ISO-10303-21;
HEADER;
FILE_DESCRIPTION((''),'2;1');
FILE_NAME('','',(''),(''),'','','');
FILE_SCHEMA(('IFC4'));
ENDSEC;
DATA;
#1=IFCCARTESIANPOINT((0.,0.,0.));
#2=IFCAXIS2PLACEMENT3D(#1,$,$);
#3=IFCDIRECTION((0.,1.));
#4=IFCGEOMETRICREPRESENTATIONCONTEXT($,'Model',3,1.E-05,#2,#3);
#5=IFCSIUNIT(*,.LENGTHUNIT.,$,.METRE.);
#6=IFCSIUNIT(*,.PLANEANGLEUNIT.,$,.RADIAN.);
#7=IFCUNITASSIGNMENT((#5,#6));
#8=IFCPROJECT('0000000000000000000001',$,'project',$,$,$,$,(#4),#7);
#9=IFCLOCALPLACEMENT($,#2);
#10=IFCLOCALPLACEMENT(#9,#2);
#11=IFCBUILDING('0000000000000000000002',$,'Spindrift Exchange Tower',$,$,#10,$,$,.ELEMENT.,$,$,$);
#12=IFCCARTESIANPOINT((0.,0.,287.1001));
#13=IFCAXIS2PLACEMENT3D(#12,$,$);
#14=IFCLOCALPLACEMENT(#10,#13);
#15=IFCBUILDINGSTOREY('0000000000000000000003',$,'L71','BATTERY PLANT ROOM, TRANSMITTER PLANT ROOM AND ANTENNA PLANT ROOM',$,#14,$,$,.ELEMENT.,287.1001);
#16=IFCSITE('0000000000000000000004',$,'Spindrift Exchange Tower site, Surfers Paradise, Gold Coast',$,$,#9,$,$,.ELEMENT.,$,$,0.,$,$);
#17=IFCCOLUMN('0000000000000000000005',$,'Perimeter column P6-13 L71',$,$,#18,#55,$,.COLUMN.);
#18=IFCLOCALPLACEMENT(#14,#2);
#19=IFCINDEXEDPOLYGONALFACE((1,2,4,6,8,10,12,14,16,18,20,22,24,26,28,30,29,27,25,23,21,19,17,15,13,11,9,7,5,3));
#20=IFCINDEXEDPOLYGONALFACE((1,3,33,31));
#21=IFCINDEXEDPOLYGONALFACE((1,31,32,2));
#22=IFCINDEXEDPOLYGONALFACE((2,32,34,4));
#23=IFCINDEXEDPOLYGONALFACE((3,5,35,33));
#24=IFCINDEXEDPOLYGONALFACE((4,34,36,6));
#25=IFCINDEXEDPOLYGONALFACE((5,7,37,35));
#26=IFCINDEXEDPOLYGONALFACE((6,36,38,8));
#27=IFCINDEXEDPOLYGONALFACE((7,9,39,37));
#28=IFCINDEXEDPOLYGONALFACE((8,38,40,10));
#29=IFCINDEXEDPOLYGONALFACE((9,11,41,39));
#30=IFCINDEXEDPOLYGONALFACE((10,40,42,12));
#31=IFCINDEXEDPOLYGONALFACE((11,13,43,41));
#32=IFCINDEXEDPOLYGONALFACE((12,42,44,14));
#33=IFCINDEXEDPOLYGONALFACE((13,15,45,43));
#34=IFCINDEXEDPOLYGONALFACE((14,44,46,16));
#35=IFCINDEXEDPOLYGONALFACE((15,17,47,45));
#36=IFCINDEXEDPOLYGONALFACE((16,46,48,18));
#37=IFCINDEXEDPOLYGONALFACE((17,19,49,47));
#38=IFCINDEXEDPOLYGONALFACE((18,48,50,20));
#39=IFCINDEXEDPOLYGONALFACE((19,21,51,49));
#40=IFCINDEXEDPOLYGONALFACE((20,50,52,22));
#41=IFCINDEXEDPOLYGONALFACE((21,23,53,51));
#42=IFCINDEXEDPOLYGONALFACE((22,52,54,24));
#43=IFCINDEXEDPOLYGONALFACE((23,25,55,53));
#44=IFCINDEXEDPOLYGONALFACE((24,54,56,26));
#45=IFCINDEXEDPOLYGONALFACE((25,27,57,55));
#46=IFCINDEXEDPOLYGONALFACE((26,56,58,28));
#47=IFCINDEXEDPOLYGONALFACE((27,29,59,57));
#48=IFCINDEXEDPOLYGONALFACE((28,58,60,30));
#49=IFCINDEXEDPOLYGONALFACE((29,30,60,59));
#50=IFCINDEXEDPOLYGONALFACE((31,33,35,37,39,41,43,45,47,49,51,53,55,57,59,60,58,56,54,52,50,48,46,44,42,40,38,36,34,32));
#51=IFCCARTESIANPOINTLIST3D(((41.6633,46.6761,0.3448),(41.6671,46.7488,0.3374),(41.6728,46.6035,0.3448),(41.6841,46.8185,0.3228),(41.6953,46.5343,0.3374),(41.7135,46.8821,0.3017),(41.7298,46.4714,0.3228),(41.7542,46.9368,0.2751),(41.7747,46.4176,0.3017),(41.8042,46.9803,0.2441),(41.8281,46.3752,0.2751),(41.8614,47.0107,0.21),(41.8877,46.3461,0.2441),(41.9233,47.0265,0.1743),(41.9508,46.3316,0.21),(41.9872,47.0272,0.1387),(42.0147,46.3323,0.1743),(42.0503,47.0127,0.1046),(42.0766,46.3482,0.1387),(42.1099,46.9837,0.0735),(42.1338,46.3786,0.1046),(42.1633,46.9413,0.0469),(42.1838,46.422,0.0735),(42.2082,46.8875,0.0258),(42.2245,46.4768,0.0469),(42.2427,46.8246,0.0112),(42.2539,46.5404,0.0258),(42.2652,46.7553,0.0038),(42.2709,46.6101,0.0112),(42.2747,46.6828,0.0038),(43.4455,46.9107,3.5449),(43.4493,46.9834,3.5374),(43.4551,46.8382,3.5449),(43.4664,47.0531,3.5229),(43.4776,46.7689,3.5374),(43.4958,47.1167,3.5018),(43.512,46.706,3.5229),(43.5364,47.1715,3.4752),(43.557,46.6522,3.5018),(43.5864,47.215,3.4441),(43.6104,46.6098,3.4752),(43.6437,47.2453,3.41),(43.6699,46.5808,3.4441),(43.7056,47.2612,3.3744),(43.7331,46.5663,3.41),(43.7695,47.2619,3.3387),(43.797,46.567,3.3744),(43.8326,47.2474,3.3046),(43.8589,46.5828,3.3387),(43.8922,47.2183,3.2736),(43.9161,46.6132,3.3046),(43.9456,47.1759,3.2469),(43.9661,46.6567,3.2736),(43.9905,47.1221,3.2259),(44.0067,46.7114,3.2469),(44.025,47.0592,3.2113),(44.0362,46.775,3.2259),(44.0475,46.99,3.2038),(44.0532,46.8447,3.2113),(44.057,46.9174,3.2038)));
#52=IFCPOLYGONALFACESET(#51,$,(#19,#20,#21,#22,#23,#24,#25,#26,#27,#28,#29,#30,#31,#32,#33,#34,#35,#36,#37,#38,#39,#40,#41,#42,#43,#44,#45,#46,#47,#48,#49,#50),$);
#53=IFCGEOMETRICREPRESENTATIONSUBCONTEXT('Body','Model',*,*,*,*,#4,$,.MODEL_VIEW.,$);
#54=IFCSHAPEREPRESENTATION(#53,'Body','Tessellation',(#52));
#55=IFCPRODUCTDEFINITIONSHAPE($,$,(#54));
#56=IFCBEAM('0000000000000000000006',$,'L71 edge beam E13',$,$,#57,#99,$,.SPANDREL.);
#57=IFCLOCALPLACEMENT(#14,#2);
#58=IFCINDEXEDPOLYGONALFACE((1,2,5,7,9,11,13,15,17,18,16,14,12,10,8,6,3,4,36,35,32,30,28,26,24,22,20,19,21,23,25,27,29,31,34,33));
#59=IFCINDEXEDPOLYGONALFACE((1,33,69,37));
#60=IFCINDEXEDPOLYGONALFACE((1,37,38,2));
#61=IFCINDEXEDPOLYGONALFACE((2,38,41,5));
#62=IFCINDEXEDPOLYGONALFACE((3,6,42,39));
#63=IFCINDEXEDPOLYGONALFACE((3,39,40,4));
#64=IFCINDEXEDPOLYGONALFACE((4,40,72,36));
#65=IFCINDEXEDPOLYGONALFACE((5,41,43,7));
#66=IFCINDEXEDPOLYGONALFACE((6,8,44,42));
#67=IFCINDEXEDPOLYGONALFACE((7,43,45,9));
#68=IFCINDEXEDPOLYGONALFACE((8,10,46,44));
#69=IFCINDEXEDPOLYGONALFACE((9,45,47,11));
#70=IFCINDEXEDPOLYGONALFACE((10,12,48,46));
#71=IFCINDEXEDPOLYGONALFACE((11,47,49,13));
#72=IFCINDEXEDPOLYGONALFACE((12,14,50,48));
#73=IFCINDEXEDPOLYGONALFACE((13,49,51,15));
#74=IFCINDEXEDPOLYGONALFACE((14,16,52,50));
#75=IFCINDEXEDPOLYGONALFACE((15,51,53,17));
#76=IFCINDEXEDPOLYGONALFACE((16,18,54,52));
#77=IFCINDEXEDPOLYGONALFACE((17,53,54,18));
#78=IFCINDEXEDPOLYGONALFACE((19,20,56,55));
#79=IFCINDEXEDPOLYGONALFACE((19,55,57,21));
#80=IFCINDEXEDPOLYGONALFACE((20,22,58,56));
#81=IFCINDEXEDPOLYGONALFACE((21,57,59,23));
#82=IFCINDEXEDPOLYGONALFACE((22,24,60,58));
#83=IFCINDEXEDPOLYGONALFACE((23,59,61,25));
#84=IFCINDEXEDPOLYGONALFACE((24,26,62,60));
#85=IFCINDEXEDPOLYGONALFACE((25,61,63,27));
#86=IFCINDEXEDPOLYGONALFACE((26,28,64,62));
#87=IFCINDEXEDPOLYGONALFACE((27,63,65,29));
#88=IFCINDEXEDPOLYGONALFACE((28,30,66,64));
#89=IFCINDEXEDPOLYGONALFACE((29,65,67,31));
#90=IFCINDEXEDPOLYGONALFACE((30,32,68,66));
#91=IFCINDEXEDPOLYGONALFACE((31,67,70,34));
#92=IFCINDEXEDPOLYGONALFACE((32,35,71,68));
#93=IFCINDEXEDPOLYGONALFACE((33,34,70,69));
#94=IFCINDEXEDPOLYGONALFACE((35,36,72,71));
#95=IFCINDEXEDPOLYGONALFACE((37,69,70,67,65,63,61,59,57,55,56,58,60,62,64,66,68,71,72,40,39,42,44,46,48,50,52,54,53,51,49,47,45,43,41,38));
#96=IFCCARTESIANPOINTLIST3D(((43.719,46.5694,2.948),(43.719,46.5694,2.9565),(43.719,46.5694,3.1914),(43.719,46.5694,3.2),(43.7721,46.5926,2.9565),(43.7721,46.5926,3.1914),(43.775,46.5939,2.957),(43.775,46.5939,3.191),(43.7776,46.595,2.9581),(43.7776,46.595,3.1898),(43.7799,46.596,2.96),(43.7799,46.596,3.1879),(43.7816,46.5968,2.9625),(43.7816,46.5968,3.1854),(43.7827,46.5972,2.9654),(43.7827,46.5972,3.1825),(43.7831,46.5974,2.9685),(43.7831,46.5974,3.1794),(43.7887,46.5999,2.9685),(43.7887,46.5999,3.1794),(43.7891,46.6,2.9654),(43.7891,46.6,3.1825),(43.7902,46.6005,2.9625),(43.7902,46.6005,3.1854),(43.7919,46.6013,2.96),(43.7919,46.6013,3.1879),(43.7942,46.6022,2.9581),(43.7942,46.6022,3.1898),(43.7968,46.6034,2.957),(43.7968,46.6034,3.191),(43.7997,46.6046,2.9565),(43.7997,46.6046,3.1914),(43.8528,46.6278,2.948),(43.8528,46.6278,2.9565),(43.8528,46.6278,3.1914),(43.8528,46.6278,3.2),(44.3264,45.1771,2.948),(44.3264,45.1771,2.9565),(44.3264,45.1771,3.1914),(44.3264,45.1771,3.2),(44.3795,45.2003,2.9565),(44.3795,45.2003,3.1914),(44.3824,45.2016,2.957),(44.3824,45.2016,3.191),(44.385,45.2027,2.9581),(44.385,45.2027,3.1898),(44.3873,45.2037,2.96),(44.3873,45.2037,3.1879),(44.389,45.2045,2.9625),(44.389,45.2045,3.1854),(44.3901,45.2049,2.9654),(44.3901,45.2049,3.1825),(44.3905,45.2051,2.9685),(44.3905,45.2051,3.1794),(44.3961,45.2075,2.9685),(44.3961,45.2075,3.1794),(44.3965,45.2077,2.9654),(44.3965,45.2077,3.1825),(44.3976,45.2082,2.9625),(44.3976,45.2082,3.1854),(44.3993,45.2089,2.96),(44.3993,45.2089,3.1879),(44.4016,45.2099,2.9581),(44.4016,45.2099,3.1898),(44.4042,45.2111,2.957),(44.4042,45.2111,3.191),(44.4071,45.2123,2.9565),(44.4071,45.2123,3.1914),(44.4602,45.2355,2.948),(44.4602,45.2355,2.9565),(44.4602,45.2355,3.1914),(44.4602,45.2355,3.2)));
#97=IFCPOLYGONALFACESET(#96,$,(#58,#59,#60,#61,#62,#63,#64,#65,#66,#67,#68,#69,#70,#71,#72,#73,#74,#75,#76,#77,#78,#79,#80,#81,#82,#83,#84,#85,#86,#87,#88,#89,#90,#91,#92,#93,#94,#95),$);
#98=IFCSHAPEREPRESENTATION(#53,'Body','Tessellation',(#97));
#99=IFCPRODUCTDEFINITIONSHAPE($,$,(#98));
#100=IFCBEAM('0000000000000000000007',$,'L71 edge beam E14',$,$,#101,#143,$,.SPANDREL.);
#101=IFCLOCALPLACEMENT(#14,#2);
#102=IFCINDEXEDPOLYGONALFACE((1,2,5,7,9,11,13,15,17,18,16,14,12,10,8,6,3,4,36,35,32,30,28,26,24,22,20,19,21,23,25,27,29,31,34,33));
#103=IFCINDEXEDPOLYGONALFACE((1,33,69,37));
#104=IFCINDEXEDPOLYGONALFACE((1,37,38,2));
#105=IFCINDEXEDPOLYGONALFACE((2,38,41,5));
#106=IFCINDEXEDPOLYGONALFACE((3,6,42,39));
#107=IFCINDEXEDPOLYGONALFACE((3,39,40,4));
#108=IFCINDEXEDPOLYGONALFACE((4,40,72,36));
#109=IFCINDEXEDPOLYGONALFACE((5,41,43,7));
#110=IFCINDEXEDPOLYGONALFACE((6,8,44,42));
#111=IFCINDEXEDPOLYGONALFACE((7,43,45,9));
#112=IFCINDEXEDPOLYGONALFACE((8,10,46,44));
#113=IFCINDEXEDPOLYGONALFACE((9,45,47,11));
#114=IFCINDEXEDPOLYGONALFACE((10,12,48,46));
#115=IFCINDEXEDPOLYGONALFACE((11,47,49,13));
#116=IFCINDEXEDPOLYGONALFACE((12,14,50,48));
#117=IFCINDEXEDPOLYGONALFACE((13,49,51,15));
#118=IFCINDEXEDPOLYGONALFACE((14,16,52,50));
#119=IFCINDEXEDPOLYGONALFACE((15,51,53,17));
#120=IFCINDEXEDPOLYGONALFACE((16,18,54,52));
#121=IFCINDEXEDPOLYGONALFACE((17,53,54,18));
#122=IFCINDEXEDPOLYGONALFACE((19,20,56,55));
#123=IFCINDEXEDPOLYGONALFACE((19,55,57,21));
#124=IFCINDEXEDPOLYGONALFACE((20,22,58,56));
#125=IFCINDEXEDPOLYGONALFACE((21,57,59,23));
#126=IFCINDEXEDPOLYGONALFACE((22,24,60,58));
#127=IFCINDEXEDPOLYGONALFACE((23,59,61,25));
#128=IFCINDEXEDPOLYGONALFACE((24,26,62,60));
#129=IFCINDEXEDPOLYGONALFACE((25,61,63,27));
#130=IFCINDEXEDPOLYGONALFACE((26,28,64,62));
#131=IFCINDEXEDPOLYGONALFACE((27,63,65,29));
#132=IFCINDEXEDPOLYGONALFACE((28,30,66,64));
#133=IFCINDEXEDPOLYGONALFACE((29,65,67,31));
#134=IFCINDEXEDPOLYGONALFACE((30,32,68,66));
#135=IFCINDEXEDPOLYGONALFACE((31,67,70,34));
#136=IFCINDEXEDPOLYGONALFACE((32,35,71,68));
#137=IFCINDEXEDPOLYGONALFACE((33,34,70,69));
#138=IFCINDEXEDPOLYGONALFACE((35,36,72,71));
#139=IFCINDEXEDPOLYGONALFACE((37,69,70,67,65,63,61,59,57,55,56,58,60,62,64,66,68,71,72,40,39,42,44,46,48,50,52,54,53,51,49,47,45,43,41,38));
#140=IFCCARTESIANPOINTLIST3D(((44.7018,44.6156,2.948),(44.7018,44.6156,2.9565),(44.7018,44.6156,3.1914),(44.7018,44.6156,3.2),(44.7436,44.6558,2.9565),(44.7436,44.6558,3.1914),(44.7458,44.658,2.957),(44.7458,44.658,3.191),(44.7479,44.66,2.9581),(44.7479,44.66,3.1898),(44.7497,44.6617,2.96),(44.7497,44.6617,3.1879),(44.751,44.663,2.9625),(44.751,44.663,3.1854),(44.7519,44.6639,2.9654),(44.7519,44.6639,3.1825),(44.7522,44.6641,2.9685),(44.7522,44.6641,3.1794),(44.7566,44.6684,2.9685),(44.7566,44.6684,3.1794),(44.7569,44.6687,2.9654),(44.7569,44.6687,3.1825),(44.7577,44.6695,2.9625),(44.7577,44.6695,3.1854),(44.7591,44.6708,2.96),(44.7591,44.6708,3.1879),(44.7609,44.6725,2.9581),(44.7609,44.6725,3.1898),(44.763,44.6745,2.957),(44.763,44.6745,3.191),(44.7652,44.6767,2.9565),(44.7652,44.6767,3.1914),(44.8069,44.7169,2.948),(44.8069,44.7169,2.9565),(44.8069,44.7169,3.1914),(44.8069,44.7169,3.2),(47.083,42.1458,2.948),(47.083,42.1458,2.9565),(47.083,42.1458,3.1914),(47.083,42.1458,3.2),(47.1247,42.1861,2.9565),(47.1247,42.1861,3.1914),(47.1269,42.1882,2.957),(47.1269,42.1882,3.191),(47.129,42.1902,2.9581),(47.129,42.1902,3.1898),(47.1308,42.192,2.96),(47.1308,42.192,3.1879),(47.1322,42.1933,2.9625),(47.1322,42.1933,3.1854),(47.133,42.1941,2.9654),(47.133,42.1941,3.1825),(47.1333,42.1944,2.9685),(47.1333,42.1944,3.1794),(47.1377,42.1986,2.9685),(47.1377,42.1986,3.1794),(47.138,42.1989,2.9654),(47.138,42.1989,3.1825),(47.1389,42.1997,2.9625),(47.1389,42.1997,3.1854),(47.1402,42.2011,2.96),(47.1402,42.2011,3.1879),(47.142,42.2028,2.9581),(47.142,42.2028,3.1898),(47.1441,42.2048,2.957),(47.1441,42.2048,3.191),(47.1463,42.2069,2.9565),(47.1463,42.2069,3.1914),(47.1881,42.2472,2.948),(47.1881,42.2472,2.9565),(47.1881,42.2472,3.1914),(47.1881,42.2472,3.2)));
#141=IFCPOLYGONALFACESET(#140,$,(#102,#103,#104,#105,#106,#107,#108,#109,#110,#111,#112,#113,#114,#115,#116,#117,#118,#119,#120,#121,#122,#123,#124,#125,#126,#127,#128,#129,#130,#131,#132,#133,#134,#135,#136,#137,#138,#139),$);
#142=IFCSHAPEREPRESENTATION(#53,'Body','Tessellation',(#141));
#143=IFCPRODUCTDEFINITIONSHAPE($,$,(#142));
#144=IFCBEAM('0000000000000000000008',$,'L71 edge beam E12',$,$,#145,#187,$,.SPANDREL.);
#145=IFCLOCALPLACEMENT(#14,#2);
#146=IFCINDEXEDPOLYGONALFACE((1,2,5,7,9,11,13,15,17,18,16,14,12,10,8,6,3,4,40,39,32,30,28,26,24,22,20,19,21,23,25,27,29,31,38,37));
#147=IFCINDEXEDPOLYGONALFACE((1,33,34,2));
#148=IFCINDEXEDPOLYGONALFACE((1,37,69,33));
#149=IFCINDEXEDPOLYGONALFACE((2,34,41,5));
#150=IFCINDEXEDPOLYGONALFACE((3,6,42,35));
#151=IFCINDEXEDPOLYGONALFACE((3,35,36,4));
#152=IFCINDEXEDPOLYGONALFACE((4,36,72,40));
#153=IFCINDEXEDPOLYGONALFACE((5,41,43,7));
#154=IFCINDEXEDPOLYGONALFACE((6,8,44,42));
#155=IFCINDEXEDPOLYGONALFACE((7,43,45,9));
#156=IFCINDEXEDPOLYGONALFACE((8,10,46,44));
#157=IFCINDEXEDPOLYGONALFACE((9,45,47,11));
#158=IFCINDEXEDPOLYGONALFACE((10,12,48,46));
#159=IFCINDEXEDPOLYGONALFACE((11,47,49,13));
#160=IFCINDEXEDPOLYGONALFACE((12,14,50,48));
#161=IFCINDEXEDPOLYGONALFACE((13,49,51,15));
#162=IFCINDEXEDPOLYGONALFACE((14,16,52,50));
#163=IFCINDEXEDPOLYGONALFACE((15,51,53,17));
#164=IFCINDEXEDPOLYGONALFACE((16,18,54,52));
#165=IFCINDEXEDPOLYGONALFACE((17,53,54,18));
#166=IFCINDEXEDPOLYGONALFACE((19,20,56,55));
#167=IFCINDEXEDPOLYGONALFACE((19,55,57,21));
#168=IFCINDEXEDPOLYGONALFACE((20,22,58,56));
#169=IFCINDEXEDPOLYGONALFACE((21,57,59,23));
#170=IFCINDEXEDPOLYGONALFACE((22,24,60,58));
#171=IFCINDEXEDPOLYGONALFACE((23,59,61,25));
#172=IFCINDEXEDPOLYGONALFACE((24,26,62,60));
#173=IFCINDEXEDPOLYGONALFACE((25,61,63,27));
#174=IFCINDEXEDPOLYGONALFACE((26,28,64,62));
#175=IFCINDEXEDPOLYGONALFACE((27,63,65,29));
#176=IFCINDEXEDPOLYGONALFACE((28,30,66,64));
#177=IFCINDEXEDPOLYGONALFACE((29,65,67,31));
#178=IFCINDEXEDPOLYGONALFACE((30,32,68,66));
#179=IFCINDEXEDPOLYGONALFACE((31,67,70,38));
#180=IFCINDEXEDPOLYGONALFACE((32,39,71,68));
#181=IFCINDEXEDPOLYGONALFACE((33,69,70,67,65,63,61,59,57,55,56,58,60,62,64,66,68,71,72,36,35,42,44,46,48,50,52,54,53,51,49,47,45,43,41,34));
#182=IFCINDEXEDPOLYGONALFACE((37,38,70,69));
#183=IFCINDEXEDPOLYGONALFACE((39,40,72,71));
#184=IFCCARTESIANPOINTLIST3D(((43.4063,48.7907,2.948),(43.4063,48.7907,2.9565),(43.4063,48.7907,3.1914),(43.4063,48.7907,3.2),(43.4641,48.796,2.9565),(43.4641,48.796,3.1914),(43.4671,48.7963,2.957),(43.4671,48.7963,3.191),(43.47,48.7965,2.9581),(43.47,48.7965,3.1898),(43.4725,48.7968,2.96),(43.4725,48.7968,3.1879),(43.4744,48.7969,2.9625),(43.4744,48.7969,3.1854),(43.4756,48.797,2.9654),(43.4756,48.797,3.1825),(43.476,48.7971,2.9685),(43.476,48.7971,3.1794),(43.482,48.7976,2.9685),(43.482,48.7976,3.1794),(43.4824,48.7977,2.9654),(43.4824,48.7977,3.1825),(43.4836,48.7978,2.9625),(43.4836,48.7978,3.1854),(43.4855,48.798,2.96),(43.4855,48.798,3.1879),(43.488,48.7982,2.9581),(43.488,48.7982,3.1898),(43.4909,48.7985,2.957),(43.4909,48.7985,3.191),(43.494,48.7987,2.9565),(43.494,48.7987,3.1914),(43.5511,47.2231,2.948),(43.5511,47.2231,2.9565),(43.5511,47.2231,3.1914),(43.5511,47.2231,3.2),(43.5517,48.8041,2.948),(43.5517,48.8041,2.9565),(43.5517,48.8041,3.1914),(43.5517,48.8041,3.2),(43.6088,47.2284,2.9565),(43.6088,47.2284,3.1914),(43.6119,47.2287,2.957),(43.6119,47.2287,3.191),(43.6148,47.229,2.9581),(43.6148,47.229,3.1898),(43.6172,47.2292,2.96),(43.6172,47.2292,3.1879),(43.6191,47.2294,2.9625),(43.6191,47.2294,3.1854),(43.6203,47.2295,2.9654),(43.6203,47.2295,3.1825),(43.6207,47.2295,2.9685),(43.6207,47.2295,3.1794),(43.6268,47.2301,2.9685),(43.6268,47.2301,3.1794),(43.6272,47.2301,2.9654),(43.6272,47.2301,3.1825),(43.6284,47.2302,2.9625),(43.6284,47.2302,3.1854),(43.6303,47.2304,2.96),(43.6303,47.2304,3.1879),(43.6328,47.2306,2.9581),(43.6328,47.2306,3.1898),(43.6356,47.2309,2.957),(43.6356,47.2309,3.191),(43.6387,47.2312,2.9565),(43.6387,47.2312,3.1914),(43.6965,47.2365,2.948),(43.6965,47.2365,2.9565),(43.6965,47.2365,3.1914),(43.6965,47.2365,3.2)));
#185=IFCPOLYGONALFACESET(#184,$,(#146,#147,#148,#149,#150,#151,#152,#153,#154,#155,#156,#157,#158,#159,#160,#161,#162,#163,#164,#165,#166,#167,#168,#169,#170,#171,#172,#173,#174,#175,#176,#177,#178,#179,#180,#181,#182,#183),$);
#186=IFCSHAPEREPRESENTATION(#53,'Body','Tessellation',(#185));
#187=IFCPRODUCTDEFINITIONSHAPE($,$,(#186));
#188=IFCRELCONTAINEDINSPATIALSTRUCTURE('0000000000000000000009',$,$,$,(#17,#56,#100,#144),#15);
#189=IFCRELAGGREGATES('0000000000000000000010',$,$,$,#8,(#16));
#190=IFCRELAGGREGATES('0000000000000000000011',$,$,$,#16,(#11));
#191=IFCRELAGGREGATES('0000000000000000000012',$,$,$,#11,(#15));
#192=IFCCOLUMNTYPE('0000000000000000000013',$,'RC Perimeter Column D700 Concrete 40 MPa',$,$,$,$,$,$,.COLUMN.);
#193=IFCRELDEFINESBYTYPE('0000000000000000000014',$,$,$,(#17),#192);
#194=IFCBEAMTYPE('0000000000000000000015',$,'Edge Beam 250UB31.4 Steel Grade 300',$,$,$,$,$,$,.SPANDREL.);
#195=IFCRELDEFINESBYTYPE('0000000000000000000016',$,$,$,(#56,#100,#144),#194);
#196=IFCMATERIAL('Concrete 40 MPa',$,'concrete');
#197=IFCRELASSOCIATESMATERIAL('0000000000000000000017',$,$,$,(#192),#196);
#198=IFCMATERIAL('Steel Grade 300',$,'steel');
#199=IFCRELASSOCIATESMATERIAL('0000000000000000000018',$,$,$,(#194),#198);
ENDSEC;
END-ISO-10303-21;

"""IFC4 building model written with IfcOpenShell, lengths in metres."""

from ifc_helpers import new_model, si_unit, direction, frame, origin, origin_2d, place, context, subcontext, project, spatial, circle, i_section, extrude, source, transform, mapped, material, material_profile, profile_set, type_object, element, save


model = new_model("IFC4")

# Units and contexts
model_context = context("Model", 3, precision=1e-05, world=origin(), true_north=direction((0.0, 1.0)))
body_context = subcontext(model_context, "Body", "Model", "MODEL_VIEW")
ifc_project = project(units=[si_unit("LENGTHUNIT", "METRE"), si_unit("PLANEANGLEUNIT", "RADIAN")], contexts=[model_context])

# Site, building, storey
site_placement = place(None, origin())
site = spatial("IfcSite", under=ifc_project, at=site_placement, Name="Spindrift Exchange Tower site, Surfers Paradise, Gold Coast", CompositionType="ELEMENT", RefElevation=0.0)
building_placement = place(site_placement, origin())
building = spatial("IfcBuilding", under=site, at=building_placement, Name="Spindrift Exchange Tower", CompositionType="ELEMENT")
storey_placement = place(building_placement, frame((0.0, 0.0, 287.1001)))
storey = spatial("IfcBuildingStorey", under=building, at=storey_placement, Name="L71", Description="BATTERY PLANT ROOM, TRANSMITTER PLANT ROOM AND ANTENNA PLANT ROOM", CompositionType="ELEMENT", Elevation=287.1001)

# Column
ifc_material_1 = material(Name="Concrete 40 MPa", Category="concrete")
ifc_material_profile_1 = material_profile(ifc_material_1, circle(Radius=0.3501, at=origin_2d()), Name="RC D700")
ifc_profile_set_1 = profile_set([ifc_material_profile_1], Name="Concrete 40 MPa")
column_type = type_object("IfcColumnType", Name="RC Perimeter Column D700 Concrete 40 MPa", PredefinedType="COLUMN", material=ifc_profile_set_1)
shared_shape_1 = source(origin(), body_context, "Body", "SweptSolid", [
    extrude(circle(Radius=0.3501, at=origin_2d()), origin(), (0.0, 0.0, 1.0), 3.6704),
])
column_placement = place(storey_placement, frame((41.969, 46.6794, 0.1743), z_axis=(0.485581, 0.063924, 0.871851), x_axis=(-0.130518, 0.991446, 0.0)))
element("IfcColumn", 1, at=column_placement, inside=storey, type_object=column_type, Name="Perimeter column P6-13 L71", PredefinedType="COLUMN", context=body_context, shape_type="MappedRepresentation", body=[
    mapped(shared_shape_1, transform((0.0, 0.0, 0.0), scale=1.0)),
])

# Beams
ifc_material_2 = material(Name="Steel Grade 300", Category="steel")
ifc_material_profile_2 = material_profile(ifc_material_2, i_section(OverallWidth=0.146, OverallDepth=0.252, WebThickness=0.0061, FlangeThickness=0.0085, FilletRadius=0.012, at=origin_2d()), Name="250UB31.4")
ifc_profile_set_2 = profile_set([ifc_material_profile_2], Name="Steel Grade 300")
beam_type = type_object("IfcBeamType", Name="Edge Beam 250UB31.4 Steel Grade 300", PredefinedType="SPANDREL", material=ifc_profile_set_2)
shared_shape_2 = source(origin(), body_context, "Body", "SweptSolid", [
    extrude(i_section(OverallWidth=0.146, OverallDepth=0.252, WebThickness=0.0061, FlangeThickness=0.0085, FilletRadius=0.012, at=origin_2d()), origin(), (0.0, 0.0, 1.0), 1.519),
])
beam_1_placement = place(storey_placement, frame((43.7859, 46.5986, 3.074), z_axis=(0.399866, -0.916574, 0.0), x_axis=(0.916574, 0.399866, 0.0)))
element("IfcBeam", 2, at=beam_1_placement, inside=storey, type_object=beam_type, Name="L71 edge beam E13", PredefinedType="SPANDREL", context=body_context, shape_type="MappedRepresentation", body=[
    mapped(shared_shape_2, transform((0.0, 0.0, 0.0), scale=1.0)),
])
shared_shape_3 = source(origin(), body_context, "Body", "SweptSolid", [
    extrude(i_section(OverallWidth=0.146, OverallDepth=0.252, WebThickness=0.0061, FlangeThickness=0.0085, FilletRadius=0.012, at=origin_2d()), origin(), (0.0, 0.0, 1.0), 3.4307),
])
beam_2_placement = place(storey_placement, frame((44.7544, 44.6663, 3.074), z_axis=(0.694072, -0.719905, 0.0), x_axis=(0.719905, 0.694072, 0.0)))
element("IfcBeam", 3, at=beam_2_placement, inside=storey, type_object=beam_type, Name="L71 edge beam E14", PredefinedType="SPANDREL", context=body_context, shape_type="MappedRepresentation", body=[
    mapped(shared_shape_3, transform((0.0, 0.0, 0.0), scale=1.0)),
])
shared_shape_4 = source(origin(), body_context, "Body", "SweptSolid", [
    extrude(i_section(OverallWidth=0.146, OverallDepth=0.252, WebThickness=0.0061, FlangeThickness=0.0085, FilletRadius=0.012, at=origin_2d()), origin(), (0.0, 0.0, 1.0), 1.5742),
])
beam_3_placement = place(storey_placement, frame((43.479, 48.7974, 3.074), z_axis=(0.091962, -0.995763, 0.0), x_axis=(0.995763, 0.091962, 0.0)))
element("IfcBeam", 4, at=beam_3_placement, inside=storey, type_object=beam_type, Name="L71 edge beam E12", PredefinedType="SPANDREL", context=body_context, shape_type="MappedRepresentation", body=[
    mapped(shared_shape_4, transform((0.0, 0.0, 0.0), scale=1.0)),
])

save(model, "model.ifc")
